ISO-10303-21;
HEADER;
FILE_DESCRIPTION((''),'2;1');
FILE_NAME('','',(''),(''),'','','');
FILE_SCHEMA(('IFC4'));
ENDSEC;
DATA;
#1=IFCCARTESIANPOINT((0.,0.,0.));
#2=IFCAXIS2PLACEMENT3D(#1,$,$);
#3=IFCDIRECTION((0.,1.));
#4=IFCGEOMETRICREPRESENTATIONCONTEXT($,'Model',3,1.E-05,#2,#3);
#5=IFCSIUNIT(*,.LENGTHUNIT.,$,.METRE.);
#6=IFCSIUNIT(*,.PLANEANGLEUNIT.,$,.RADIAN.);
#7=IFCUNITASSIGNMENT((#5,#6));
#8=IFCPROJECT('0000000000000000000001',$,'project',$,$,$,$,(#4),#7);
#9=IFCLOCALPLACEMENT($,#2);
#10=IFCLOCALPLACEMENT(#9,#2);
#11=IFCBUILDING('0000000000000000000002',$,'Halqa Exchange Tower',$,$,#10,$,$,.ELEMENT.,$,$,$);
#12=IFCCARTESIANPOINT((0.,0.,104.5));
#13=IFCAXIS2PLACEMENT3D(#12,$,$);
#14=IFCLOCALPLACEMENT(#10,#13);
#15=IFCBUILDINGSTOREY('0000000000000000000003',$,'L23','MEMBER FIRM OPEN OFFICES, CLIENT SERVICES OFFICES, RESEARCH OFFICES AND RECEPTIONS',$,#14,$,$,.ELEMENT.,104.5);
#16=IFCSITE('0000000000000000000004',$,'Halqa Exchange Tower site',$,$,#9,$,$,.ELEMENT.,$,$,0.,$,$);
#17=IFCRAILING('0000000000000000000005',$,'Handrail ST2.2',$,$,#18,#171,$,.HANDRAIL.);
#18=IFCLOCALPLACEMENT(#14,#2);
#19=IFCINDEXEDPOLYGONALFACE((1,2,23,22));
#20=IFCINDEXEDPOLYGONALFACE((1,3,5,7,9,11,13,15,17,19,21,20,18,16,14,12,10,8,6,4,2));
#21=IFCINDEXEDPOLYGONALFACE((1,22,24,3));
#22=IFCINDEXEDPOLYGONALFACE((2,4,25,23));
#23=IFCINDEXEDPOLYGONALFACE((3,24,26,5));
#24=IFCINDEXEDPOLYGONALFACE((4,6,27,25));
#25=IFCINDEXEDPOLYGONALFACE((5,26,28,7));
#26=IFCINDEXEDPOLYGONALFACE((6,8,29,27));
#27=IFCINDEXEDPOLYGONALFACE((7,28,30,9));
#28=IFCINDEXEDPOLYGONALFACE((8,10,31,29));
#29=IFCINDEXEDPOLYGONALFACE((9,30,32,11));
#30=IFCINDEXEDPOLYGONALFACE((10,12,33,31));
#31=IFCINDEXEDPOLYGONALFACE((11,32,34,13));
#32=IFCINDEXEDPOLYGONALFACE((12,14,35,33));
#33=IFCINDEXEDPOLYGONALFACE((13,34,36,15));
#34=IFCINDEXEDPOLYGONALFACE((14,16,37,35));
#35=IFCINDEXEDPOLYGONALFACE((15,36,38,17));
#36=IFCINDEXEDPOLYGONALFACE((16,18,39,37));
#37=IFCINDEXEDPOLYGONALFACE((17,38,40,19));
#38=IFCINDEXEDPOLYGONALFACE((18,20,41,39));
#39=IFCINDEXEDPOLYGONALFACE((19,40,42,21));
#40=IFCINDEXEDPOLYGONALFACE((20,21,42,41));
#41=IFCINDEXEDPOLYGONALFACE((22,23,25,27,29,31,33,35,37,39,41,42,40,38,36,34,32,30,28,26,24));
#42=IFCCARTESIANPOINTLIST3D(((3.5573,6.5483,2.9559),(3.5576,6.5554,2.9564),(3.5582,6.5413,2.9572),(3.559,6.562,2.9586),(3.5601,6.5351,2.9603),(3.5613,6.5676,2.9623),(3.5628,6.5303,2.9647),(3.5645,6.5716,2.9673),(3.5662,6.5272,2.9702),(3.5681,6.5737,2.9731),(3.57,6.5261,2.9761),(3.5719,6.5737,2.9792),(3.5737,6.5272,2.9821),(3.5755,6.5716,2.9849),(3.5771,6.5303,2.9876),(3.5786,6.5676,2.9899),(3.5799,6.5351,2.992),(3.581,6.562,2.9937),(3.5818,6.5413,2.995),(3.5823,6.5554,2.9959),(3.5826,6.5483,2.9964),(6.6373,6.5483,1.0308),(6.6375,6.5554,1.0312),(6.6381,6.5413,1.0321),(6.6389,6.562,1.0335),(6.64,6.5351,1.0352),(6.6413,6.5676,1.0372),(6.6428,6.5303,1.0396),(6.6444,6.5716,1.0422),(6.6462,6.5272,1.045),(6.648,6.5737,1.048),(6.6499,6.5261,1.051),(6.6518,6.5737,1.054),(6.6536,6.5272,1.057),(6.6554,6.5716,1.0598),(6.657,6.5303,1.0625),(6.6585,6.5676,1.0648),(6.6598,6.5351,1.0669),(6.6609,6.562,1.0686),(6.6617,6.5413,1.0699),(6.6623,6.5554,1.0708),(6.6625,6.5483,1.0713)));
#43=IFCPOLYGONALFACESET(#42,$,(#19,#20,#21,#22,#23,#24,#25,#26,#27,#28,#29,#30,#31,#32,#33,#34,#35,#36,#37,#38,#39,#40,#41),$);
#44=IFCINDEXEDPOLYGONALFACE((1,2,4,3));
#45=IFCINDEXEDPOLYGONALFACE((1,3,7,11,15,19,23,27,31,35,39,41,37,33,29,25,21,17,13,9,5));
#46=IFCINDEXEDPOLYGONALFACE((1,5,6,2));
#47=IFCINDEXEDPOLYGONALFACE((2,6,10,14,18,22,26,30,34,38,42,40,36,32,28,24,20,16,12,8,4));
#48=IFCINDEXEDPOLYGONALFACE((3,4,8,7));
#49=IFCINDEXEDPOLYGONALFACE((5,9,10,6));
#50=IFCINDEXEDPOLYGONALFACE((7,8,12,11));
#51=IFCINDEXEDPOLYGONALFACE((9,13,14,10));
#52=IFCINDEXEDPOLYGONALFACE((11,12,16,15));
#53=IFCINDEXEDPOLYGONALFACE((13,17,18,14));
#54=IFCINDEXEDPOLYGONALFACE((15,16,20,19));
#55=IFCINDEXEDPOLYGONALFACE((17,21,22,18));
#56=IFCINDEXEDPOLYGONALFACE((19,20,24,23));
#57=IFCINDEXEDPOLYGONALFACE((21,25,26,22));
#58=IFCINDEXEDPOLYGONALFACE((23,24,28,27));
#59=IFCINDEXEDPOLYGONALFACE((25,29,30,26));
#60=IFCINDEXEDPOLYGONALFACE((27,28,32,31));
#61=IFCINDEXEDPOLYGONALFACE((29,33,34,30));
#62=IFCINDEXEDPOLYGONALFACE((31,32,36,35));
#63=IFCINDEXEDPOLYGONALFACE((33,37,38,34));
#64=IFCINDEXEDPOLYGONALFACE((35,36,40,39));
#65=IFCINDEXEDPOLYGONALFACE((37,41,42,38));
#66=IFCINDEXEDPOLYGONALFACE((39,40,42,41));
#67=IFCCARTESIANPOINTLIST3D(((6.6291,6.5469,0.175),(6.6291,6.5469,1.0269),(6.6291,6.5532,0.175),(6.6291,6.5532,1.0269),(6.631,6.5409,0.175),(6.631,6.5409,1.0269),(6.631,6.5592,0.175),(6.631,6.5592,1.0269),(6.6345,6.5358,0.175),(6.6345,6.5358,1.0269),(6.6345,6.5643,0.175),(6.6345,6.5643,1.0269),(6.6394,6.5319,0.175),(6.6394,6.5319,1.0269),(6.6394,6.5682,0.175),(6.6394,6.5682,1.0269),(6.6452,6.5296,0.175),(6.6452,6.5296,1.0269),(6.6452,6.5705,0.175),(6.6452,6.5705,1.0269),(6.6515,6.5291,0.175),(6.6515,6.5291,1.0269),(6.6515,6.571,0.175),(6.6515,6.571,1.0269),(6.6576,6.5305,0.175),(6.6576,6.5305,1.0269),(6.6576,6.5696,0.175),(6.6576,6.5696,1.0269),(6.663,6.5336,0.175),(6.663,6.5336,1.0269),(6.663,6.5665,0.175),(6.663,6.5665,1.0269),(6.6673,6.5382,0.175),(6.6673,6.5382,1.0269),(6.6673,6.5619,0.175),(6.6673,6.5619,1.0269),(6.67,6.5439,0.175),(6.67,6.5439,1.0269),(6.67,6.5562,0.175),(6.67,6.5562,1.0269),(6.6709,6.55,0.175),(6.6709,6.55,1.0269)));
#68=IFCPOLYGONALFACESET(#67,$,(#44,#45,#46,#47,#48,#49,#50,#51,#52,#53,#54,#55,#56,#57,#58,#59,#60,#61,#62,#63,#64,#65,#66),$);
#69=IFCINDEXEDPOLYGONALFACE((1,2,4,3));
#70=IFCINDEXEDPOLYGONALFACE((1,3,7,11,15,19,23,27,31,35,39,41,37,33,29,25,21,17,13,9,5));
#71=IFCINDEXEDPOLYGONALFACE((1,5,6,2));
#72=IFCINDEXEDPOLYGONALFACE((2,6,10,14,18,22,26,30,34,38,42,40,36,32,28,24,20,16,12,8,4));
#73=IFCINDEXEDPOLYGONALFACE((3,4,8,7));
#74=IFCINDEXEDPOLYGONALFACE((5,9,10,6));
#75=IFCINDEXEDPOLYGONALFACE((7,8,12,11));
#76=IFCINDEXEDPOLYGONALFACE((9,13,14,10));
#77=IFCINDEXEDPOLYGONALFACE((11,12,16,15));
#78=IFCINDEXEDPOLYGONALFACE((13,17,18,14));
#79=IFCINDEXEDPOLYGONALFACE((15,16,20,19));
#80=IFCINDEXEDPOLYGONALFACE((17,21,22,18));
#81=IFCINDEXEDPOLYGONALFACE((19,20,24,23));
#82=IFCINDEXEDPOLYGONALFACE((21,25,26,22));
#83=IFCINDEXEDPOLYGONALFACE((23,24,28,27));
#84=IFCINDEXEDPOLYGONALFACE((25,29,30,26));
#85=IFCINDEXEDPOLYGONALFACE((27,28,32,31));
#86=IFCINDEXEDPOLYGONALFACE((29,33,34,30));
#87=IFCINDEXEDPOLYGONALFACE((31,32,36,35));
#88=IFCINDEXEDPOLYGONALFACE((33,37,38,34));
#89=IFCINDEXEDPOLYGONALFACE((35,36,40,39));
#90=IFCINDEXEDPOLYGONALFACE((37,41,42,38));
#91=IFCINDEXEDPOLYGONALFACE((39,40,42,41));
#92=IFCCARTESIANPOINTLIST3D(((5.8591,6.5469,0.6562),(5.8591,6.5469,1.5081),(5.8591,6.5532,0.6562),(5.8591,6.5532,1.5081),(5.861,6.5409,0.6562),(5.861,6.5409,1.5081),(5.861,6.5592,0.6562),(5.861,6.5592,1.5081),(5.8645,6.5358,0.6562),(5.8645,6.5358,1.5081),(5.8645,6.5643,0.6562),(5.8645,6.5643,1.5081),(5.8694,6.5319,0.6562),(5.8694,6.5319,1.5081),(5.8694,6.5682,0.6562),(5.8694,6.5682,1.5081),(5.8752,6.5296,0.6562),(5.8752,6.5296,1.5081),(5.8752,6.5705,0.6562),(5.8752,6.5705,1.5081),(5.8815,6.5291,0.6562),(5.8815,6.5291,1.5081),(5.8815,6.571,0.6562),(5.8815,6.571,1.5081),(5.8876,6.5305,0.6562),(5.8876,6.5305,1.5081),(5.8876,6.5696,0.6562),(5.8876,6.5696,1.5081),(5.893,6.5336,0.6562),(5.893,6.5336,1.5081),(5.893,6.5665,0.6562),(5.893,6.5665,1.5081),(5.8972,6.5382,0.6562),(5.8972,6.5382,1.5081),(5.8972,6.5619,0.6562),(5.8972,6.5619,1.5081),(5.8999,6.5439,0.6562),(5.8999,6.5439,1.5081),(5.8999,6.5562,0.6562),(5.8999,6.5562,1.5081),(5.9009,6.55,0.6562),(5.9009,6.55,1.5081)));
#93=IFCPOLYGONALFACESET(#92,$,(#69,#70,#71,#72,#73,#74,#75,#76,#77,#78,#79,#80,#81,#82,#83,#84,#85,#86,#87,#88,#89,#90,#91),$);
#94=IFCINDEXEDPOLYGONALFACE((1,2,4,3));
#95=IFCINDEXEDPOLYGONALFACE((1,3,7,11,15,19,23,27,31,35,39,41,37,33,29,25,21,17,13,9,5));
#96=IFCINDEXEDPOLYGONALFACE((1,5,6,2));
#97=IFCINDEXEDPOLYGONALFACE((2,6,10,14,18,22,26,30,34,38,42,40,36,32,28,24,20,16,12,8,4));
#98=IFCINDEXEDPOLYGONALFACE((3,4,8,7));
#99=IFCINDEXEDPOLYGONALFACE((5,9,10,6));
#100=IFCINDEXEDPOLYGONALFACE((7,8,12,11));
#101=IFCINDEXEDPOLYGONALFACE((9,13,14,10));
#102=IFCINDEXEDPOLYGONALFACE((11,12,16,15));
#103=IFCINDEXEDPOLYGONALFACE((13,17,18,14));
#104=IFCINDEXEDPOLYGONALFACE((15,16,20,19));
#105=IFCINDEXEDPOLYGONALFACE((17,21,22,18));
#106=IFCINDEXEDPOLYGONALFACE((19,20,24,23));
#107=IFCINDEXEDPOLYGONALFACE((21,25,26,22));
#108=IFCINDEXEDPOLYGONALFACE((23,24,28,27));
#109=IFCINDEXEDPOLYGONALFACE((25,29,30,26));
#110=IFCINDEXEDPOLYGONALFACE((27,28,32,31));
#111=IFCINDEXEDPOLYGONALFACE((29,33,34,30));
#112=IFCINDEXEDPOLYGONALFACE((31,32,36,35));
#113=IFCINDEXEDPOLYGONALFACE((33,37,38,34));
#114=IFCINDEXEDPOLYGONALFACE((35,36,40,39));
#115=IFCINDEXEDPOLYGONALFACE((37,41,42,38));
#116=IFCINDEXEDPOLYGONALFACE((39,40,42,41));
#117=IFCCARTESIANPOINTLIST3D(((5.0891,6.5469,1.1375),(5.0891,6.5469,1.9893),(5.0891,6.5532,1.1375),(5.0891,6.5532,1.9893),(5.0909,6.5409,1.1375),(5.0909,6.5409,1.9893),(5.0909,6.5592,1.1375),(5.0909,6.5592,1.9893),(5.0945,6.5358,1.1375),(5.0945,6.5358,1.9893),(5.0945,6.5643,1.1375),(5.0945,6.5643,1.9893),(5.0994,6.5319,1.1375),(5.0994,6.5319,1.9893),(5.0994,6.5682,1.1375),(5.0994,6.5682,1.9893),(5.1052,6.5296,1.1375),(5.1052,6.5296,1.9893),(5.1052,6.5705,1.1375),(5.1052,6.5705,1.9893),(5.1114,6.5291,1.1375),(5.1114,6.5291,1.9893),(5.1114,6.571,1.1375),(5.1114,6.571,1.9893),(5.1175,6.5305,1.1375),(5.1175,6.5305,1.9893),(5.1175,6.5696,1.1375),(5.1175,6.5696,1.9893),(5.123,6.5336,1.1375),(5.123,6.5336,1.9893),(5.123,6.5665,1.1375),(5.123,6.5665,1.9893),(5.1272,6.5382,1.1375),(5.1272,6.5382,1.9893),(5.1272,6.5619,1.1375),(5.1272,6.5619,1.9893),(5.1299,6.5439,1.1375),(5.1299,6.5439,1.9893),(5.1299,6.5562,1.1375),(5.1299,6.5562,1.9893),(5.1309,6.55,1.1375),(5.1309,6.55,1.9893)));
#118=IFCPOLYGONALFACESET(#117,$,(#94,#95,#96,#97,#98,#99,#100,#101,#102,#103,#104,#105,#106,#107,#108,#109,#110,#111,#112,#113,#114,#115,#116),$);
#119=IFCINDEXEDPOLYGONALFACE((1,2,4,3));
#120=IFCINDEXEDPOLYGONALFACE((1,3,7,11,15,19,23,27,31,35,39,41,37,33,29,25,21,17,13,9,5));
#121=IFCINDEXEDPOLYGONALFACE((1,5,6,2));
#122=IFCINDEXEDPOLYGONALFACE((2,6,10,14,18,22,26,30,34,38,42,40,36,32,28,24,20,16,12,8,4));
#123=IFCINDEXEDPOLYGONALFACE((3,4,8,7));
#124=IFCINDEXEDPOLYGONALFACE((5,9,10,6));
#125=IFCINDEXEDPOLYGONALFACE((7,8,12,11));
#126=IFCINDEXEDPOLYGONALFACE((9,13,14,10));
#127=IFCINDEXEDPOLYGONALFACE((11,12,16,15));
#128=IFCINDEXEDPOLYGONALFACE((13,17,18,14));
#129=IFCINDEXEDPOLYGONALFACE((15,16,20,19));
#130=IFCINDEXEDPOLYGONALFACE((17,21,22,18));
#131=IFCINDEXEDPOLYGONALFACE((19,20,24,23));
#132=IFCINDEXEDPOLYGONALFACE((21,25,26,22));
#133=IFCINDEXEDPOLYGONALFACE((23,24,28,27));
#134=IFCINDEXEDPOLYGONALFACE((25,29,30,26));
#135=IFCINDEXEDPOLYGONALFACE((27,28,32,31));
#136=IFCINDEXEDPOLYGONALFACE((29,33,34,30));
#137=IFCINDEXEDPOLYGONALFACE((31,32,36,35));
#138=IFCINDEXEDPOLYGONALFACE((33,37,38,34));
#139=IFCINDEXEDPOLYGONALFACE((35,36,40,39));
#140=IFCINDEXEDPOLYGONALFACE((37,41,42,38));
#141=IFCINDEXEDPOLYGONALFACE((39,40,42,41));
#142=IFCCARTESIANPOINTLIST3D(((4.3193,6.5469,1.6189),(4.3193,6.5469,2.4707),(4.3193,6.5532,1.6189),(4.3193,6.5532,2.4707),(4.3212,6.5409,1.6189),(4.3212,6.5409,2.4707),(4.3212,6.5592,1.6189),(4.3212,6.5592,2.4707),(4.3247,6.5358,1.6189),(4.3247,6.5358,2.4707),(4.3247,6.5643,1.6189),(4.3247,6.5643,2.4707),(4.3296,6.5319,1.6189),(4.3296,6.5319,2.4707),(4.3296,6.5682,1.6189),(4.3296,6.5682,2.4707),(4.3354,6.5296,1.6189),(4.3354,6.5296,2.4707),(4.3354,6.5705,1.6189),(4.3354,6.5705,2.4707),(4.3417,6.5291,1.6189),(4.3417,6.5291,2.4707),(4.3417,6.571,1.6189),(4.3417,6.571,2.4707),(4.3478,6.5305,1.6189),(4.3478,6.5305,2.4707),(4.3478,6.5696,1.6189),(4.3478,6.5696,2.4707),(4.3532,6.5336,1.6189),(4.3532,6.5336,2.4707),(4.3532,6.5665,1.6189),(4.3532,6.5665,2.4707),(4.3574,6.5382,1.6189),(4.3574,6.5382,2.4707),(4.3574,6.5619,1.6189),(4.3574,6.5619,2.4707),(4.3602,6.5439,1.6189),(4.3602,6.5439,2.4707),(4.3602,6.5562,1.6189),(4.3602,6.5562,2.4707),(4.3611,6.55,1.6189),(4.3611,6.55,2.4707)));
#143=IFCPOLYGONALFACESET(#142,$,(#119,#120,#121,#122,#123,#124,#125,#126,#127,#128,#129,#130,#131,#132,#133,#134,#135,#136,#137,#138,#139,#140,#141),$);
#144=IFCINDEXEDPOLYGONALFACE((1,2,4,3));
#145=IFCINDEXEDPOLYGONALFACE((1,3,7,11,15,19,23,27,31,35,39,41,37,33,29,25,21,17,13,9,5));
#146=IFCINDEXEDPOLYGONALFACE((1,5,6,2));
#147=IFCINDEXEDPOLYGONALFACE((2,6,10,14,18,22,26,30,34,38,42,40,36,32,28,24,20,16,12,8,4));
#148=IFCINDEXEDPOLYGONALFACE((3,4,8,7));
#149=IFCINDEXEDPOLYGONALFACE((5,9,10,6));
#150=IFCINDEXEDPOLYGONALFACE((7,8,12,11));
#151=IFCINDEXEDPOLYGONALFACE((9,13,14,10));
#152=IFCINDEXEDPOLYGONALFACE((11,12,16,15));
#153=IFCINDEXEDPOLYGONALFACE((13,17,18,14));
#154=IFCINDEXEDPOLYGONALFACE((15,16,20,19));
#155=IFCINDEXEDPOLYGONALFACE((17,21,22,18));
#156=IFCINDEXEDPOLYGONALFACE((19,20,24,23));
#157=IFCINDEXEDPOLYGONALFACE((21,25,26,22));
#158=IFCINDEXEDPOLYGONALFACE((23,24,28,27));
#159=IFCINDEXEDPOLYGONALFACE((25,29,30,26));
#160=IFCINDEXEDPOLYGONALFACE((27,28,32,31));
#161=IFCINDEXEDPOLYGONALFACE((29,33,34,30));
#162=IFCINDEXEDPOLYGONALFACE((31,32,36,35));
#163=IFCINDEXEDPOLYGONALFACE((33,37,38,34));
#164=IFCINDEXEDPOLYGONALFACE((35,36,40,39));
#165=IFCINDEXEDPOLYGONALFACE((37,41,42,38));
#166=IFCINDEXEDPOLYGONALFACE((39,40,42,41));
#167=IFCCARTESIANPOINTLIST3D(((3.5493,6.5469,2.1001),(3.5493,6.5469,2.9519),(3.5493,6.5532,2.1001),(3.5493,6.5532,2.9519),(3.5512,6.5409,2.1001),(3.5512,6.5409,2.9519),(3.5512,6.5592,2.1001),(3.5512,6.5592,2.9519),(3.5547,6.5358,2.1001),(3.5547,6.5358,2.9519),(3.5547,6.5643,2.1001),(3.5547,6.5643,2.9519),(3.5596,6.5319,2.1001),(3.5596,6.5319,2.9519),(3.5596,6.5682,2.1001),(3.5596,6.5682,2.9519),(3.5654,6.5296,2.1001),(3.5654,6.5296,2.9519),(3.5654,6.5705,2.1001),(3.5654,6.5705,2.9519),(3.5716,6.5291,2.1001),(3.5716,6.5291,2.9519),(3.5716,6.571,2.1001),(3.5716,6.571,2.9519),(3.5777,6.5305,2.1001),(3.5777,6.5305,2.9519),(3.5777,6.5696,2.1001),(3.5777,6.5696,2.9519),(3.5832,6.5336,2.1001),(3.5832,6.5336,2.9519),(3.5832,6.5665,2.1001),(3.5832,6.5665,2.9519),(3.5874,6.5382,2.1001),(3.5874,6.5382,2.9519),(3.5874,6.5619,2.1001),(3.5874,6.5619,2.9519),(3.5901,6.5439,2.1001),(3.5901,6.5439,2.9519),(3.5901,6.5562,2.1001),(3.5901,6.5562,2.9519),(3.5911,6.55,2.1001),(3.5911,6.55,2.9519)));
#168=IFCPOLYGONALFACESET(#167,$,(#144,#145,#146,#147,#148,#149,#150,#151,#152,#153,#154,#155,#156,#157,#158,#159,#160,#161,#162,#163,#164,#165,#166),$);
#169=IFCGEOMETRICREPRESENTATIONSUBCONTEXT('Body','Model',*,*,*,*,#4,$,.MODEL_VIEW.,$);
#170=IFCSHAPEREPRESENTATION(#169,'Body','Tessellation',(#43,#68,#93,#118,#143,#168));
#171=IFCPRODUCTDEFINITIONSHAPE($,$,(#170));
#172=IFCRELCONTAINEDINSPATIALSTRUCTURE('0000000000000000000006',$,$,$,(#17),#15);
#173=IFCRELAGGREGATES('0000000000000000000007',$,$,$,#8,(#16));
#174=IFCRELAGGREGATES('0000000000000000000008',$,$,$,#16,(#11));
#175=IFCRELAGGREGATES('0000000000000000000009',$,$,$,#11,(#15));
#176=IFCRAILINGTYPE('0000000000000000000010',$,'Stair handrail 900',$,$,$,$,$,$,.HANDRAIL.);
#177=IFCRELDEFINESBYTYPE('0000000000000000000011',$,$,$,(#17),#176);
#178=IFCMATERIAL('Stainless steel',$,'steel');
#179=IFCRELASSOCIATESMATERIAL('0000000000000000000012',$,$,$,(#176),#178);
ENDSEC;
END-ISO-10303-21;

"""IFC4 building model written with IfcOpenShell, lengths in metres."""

from ifc_helpers import new_model, si_unit, direction, frame, origin, origin_2d, place, context, subcontext, project, spatial, circle, extrude, material, type_object, element, save


model = new_model("IFC4")

# Units and contexts
model_context = context("Model", 3, precision=1e-05, world=origin(), true_north=direction((0.0, 1.0)))
body_context = subcontext(model_context, "Body", "Model", "MODEL_VIEW")
ifc_project = project(units=[si_unit("LENGTHUNIT", "METRE"), si_unit("PLANEANGLEUNIT", "RADIAN")], contexts=[model_context])

# Site, building, storey
site_placement = place(None, origin())
site = spatial("IfcSite", under=ifc_project, at=site_placement, Name="Halqa Exchange Tower site", CompositionType="ELEMENT", RefElevation=0.0)
building_placement = place(site_placement, origin())
building = spatial("IfcBuilding", under=site, at=building_placement, Name="Halqa Exchange Tower", CompositionType="ELEMENT")
storey_placement = place(building_placement, frame((0.0, 0.0, 104.5)))
storey = spatial("IfcBuildingStorey", under=building, at=storey_placement, Name="L23", Description="MEMBER FIRM OPEN OFFICES, CLIENT SERVICES OFFICES, RESEARCH OFFICES AND RECEPTIONS", CompositionType="ELEMENT", Elevation=104.5)

# Railing
ifc_material_1 = material(Name="Stainless steel", Category="steel")
railing_type_1 = type_object("IfcRailingType", Name="Stair handrail 900", PredefinedType="HANDRAIL", material=ifc_material_1)
railing_1_placement = place(storey_placement, frame((6.6499, 6.55, 0.175)))
element("IfcRailing", 1, at=railing_1_placement, inside=storey, type_object=railing_type_1, Name="Handrail ST2.2", PredefinedType="HANDRAIL", context=body_context, shape_type="SweptSolid", body=[
    extrude(circle(Radius=0.0239, at=origin_2d()), frame((0.0, 0.0, 0.876), z_axis=(-0.847979, 0.0, 0.530029), x_axis=(0.0, -1.0, 0.0)), (0.0, 0.0, 1.0), 3.6321),
    extrude(circle(Radius=0.021, at=origin_2d()), origin(), (0.0, 0.0, 1.0), 0.8518),
    extrude(circle(Radius=0.021, at=origin_2d()), frame((-0.77, 0.0, 0.4812)), (0.0, 0.0, 1.0), 0.8518),
    extrude(circle(Radius=0.021, at=origin_2d()), frame((-1.54, 0.0, 0.9624)), (0.0, 0.0, 1.0), 0.8518),
    extrude(circle(Radius=0.021, at=origin_2d()), frame((-2.3098, 0.0, 1.4438)), (0.0, 0.0, 1.0), 0.8518),
    extrude(circle(Radius=0.021, at=origin_2d()), frame((-3.0798, 0.0, 1.925)), (0.0, 0.0, 1.0), 0.8518),
])

save(model, "model.ifc")
